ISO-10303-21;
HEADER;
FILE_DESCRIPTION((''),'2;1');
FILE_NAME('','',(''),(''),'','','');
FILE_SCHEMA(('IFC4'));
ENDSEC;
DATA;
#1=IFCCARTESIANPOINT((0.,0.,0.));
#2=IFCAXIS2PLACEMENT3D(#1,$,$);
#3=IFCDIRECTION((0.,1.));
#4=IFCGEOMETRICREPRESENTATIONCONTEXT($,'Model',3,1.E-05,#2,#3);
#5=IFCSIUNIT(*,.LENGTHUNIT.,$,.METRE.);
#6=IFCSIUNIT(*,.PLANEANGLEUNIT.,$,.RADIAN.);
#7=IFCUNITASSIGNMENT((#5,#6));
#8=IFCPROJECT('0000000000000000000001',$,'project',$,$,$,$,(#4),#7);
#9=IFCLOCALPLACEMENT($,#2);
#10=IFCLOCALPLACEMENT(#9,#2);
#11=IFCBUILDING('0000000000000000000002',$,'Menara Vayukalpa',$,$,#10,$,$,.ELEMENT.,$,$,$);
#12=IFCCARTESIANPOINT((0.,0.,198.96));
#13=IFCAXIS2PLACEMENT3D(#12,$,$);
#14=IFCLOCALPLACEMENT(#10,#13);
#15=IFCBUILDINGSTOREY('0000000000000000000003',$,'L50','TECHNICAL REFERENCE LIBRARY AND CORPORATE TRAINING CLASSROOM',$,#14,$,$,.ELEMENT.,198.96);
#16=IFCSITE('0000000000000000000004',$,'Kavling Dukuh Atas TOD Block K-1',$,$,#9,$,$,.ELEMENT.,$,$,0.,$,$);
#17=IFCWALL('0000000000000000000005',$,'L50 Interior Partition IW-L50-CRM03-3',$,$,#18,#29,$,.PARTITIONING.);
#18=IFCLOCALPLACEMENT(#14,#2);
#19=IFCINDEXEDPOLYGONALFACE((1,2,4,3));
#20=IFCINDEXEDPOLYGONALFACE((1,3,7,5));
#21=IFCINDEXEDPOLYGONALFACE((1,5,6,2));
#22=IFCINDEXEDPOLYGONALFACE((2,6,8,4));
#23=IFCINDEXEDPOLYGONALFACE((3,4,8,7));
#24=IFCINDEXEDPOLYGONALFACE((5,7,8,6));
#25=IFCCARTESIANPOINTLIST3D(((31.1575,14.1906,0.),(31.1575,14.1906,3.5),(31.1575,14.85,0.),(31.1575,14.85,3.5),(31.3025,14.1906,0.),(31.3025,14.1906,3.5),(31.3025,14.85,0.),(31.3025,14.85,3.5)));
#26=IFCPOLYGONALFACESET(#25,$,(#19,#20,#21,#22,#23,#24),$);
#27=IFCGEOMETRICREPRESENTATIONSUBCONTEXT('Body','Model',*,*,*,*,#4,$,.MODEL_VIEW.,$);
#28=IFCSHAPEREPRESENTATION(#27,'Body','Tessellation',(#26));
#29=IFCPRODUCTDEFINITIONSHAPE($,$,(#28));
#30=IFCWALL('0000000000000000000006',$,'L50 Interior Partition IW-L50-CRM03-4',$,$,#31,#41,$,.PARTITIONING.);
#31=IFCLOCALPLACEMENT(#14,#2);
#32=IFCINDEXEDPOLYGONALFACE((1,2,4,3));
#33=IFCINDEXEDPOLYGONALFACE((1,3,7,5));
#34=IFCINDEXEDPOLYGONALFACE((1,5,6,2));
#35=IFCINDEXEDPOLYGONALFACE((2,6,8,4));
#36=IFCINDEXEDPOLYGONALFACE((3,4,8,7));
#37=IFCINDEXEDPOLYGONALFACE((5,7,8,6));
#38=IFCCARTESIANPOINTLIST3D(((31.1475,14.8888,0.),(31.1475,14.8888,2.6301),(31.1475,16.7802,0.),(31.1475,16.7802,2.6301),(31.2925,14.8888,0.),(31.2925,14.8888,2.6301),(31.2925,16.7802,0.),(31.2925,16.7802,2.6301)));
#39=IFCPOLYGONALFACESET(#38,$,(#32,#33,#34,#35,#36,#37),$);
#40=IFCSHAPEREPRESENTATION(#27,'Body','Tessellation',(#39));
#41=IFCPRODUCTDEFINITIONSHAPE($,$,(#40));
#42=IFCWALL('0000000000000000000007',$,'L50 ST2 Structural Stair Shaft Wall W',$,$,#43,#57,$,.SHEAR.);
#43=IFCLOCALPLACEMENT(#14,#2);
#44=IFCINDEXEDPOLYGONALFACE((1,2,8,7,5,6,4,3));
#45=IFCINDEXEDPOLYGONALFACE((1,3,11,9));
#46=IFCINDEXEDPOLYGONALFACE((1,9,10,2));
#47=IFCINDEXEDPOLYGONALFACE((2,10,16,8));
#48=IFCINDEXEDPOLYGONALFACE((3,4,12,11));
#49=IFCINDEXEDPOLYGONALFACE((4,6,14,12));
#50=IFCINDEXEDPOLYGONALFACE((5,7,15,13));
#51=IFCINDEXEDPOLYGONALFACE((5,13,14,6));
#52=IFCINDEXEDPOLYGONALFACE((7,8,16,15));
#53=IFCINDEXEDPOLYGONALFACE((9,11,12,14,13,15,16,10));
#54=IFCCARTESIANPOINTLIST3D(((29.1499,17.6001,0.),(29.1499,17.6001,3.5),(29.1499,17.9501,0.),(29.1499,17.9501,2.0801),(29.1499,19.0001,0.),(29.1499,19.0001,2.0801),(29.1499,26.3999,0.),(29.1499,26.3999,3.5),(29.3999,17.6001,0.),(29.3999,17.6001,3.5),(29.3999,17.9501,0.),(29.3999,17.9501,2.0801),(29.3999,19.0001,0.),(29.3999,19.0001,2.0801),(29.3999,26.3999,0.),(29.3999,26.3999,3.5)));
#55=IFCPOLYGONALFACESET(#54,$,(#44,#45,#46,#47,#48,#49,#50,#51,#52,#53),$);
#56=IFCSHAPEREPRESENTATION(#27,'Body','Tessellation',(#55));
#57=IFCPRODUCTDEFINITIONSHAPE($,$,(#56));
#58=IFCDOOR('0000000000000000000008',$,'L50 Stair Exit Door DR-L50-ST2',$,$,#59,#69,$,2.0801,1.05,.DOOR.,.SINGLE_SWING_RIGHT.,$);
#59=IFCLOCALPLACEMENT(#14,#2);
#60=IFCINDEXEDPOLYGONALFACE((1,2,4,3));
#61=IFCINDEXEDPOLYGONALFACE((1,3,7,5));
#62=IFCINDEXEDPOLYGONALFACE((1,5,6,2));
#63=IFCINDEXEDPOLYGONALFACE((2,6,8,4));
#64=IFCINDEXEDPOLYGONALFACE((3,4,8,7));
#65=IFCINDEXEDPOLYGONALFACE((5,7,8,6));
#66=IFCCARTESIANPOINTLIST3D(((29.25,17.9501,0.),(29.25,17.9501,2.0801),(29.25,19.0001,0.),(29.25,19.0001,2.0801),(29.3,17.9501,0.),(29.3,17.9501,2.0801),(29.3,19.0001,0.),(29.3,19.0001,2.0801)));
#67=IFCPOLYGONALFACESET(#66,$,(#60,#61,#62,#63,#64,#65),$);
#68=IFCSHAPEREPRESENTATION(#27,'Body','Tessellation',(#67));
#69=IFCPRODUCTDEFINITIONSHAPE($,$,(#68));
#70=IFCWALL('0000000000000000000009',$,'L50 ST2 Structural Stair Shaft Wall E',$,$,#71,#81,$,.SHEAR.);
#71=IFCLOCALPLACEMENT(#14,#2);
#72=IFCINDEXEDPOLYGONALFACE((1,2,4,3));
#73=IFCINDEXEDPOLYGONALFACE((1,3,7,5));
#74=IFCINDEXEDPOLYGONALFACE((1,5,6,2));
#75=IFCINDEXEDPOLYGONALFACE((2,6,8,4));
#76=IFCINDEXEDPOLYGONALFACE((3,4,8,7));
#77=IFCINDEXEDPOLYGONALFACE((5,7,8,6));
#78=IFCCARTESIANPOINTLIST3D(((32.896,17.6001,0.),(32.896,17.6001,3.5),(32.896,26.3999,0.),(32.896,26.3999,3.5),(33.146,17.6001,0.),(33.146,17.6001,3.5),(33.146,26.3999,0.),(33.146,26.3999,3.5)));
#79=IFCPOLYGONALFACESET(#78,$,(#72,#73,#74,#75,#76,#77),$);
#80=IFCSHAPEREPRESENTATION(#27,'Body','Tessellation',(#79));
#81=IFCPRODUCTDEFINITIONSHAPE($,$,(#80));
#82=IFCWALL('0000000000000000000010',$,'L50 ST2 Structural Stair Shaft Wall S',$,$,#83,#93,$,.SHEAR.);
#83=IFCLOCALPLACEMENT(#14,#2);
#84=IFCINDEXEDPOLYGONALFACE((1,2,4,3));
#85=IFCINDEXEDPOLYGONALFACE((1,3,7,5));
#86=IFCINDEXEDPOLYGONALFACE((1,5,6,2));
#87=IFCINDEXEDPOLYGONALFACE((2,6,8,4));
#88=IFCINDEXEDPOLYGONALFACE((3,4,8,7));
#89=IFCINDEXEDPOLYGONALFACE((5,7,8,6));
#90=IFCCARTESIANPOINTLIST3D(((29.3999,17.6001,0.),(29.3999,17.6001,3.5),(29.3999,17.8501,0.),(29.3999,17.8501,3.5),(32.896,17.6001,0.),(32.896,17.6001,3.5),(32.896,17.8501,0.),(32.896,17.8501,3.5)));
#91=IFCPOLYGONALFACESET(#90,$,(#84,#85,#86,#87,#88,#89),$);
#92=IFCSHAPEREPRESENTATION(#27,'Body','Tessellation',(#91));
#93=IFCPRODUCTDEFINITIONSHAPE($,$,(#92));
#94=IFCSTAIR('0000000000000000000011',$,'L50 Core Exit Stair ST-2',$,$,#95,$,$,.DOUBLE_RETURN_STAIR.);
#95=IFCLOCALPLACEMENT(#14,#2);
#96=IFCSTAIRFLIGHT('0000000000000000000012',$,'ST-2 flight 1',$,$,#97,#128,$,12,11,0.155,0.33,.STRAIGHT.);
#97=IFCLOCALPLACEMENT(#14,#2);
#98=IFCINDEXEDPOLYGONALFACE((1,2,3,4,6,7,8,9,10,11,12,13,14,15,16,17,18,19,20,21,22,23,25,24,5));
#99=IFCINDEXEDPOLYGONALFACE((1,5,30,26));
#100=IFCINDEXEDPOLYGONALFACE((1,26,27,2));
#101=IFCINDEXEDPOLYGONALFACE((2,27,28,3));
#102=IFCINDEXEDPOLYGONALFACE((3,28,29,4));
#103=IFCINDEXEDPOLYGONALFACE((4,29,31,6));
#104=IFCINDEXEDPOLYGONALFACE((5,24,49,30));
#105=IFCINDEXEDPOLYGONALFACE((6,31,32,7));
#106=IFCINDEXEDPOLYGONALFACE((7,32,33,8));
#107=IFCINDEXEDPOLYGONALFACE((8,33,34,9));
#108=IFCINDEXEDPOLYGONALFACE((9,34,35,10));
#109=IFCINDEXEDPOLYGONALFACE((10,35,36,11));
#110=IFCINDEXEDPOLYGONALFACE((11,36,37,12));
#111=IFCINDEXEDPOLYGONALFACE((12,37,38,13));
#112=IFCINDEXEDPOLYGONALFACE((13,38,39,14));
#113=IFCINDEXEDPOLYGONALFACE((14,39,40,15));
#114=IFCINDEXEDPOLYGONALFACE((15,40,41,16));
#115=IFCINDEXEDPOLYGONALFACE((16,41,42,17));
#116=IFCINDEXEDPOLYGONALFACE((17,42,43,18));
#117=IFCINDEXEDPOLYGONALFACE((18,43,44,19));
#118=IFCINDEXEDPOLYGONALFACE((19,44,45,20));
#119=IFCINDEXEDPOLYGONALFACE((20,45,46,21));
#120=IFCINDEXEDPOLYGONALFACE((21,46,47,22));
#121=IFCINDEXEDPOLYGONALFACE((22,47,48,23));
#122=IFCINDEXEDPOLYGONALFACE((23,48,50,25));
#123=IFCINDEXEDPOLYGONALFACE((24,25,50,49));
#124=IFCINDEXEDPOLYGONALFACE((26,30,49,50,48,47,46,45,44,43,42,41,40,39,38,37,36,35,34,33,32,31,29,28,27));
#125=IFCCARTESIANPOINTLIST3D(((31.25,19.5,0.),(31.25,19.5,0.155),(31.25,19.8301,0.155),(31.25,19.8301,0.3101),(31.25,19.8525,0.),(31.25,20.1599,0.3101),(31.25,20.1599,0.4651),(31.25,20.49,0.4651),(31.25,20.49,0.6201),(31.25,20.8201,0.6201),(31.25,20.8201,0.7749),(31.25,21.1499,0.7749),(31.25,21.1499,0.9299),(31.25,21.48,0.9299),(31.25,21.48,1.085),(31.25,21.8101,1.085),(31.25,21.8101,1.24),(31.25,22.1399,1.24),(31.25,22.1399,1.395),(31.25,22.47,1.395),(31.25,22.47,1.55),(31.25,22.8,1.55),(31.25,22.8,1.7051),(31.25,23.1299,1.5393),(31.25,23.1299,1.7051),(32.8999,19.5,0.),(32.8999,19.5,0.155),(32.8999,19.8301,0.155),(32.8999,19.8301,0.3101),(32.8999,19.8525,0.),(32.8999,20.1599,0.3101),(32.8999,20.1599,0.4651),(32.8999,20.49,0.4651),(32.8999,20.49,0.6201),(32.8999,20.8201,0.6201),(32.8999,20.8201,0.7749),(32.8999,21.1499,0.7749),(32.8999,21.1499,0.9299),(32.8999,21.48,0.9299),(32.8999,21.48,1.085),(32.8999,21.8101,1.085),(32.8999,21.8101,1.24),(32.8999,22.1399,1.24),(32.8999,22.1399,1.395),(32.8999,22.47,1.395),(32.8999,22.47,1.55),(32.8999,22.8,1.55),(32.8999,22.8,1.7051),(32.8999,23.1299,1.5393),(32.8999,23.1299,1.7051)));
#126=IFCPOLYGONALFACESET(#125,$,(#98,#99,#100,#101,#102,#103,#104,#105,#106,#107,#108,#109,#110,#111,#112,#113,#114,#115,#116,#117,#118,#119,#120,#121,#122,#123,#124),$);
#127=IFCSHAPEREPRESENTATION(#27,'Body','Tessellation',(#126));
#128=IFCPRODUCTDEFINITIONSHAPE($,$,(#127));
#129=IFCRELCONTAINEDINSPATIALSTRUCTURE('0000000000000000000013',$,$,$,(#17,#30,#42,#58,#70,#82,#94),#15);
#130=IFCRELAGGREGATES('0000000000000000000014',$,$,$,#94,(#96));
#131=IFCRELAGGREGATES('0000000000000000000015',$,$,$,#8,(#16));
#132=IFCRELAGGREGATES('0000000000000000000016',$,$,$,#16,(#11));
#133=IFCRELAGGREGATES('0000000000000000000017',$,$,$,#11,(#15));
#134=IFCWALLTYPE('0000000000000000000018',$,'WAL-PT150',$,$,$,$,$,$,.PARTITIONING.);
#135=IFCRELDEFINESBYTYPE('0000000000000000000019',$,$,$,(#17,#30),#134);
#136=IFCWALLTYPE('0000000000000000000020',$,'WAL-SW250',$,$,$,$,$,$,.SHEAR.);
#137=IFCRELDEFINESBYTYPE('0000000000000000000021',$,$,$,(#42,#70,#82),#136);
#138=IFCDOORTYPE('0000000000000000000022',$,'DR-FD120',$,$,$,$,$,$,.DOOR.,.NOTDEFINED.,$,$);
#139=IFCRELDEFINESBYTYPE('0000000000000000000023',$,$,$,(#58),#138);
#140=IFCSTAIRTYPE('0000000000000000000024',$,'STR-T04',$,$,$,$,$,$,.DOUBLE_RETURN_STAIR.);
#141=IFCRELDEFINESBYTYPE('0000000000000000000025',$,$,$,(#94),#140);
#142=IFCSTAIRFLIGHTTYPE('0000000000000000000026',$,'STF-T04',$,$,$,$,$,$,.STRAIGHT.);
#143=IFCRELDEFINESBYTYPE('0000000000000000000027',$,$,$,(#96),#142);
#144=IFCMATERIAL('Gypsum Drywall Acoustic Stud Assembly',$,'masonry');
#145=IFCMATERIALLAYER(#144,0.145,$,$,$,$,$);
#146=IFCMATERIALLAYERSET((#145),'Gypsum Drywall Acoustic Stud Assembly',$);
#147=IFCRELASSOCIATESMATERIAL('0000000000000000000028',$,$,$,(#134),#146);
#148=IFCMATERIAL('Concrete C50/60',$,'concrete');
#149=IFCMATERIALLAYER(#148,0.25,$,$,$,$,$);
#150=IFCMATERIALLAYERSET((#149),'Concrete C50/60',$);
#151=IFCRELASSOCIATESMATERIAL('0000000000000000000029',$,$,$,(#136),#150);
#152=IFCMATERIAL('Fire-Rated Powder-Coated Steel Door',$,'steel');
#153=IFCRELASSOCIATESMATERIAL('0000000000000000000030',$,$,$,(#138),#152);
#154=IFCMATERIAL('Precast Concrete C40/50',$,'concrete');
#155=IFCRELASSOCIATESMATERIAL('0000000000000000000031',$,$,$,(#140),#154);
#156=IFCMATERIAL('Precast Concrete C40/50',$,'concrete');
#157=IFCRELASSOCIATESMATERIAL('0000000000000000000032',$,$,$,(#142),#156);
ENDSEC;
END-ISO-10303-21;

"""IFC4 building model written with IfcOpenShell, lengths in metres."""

from ifc_helpers import new_model, si_unit, direction, frame, frame_2d, origin, place, context, subcontext, project, spatial, polyline, rectangle, outline, extrude, material, layer, layer_set, type_object, element, fill, aggregate, save


model = new_model("IFC4")

# Units and contexts
model_context = context("Model", 3, precision=1e-05, world=origin(), true_north=direction((0.0, 1.0)))
body_context = subcontext(model_context, "Body", "Model", "MODEL_VIEW")
ifc_project = project(units=[si_unit("LENGTHUNIT", "METRE"), si_unit("PLANEANGLEUNIT", "RADIAN")], contexts=[model_context])

# Site, building, storey
site_placement = place(None, origin())
site = spatial("IfcSite", under=ifc_project, at=site_placement, Name="Kavling Dukuh Atas TOD Block K-1", CompositionType="ELEMENT", RefElevation=0.0)
building_placement = place(site_placement, origin())
building = spatial("IfcBuilding", under=site, at=building_placement, Name="Menara Vayukalpa", CompositionType="ELEMENT")
storey_placement = place(building_placement, frame((0.0, 0.0, 198.96)))
storey = spatial("IfcBuildingStorey", under=building, at=storey_placement, Name="L50", Description="TECHNICAL REFERENCE LIBRARY AND CORPORATE TRAINING CLASSROOM", CompositionType="ELEMENT", Elevation=198.96)

# Walls
ifc_material_1 = material(Name="Gypsum Drywall Acoustic Stud Assembly", Category="masonry")
ifc_layer_1 = layer(ifc_material_1, 0.145)
ifc_layer_set_1 = layer_set([ifc_layer_1], Name="Gypsum Drywall Acoustic Stud Assembly")
wall_type_1 = type_object("IfcWallType", Name="WAL-PT150", PredefinedType="PARTITIONING", material=ifc_layer_set_1)
wall_1_placement = place(storey_placement, frame((31.23, 14.1907, 0.0), z_axis=(0.0, 0.0, 1.0), x_axis=(0.0, 1.0, 0.0)))
element("IfcWall", 1, at=wall_1_placement, inside=storey, type_object=wall_type_1, Name="L50 Interior Partition IW-L50-CRM03-3", PredefinedType="PARTITIONING", context=body_context, shape_type="SweptSolid", body=[
    extrude(rectangle(XDim=0.6594, YDim=0.145, at=frame_2d((0.3296, 0.0))), origin(), (0.0, 0.0, 1.0), 3.5),
])
wall_2_placement = place(storey_placement, frame((31.22, 14.8887, 0.0), z_axis=(0.0, 0.0, 1.0), x_axis=(0.0, 1.0, 0.0)))
element("IfcWall", 2, at=wall_2_placement, inside=storey, type_object=wall_type_1, Name="L50 Interior Partition IW-L50-CRM03-4", PredefinedType="PARTITIONING", context=body_context, shape_type="SweptSolid", body=[
    extrude(rectangle(XDim=1.8914, YDim=0.145, at=frame_2d((0.9458, 0.0))), origin(), (0.0, 0.0, 1.0), 2.6301),
])

# Wall, opening, door
ifc_material_2 = material(Name="Concrete C50/60", Category="concrete")
ifc_layer_2 = layer(ifc_material_2, 0.25)
ifc_layer_set_2 = layer_set([ifc_layer_2], Name="Concrete C50/60")
wall_type_2 = type_object("IfcWallType", Name="WAL-SW250", PredefinedType="SHEAR", material=ifc_layer_set_2)
wall_3_placement = place(storey_placement, frame((29.2749, 17.6001, 0.0), z_axis=(0.0, 0.0, 1.0), x_axis=(0.0, 1.0, 0.0)))
wall_3 = element("IfcWall", 3, at=wall_3_placement, inside=storey, type_object=wall_type_2, Name="L50 ST2 Structural Stair Shaft Wall W", PredefinedType="SHEAR", context=body_context, shape_type="SweptSolid", body=[
    extrude(rectangle(XDim=8.7998, YDim=0.25, at=frame_2d((4.3999, 0.0))), origin(), (0.0, 0.0, 1.0), 3.5),
])
opening_placement = place(wall_3_placement, frame((0.3501, 0.0, 0.0)))
opening = element("IfcOpeningElement", 4, at=opening_placement, cuts=wall_3, PredefinedType="OPENING", context=body_context, shape_type="SweptSolid", body=[
    extrude(rectangle(XDim=1.05, YDim=2.0801, at=frame_2d((0.5249, 1.04))), frame((0.0, 0.135, 0.0), z_axis=(0.0, -1.0, 0.0), x_axis=(1.0, 0.0, 0.0)), (0.0, 0.0, 1.0), 0.27),
])
ifc_material_3 = material(Name="Fire-Rated Powder-Coated Steel Door", Category="steel")
door_type = type_object("IfcDoorType", Name="DR-FD120", OperationType="NOTDEFINED", PredefinedType="DOOR", material=ifc_material_3)
door_placement = place(opening_placement, origin())
door = element("IfcDoor", 5, at=door_placement, inside=storey, type_object=door_type, Name="L50 Stair Exit Door DR-L50-ST2", OperationType="SINGLE_SWING_RIGHT", OverallHeight=2.0801, OverallWidth=1.05, PredefinedType="DOOR", context=body_context, shape_type="SweptSolid", body=[
    extrude(rectangle(XDim=1.05, YDim=2.0801, at=frame_2d((0.5249, 1.04))), frame((0.0, 0.0249, 0.0), z_axis=(0.0, -1.0, 0.0), x_axis=(1.0, 0.0, 0.0)), (0.0, 0.0, 1.0), 0.05),
])
fill(opening, door)

# Walls
wall_4_placement = place(storey_placement, frame((33.021, 17.6001, 0.0), z_axis=(0.0, 0.0, 1.0), x_axis=(0.0, 1.0, 0.0)))
element("IfcWall", 6, at=wall_4_placement, inside=storey, type_object=wall_type_2, Name="L50 ST2 Structural Stair Shaft Wall E", PredefinedType="SHEAR", context=body_context, shape_type="SweptSolid", body=[
    extrude(rectangle(XDim=8.7998, YDim=0.25, at=frame_2d((4.3999, 0.0))), origin(), (0.0, 0.0, 1.0), 3.5),
])
wall_5_placement = place(storey_placement, frame((29.3999, 17.7251, 0.0), z_axis=(0.0, 0.0, 1.0), x_axis=(1.0, 0.0, 0.0)))
element("IfcWall", 7, at=wall_5_placement, inside=storey, type_object=wall_type_2, Name="L50 ST2 Structural Stair Shaft Wall S", PredefinedType="SHEAR", context=body_context, shape_type="SweptSolid", body=[
    extrude(rectangle(XDim=3.4961, YDim=0.25, at=frame_2d((1.748, 0.0))), origin(), (0.0, 0.0, 1.0), 3.5),
])

# Stair, stair flight
ifc_material_4 = material(Name="Precast Concrete C40/50", Category="concrete")
stair_type = type_object("IfcStairType", Name="STR-T04", PredefinedType="DOUBLE_RETURN_STAIR", material=ifc_material_4)
stair_placement = place(storey_placement, origin())
stair = element("IfcStair", 8, at=stair_placement, inside=storey, type_object=stair_type, Name="L50 Core Exit Stair ST-2", PredefinedType="DOUBLE_RETURN_STAIR")
ifc_material_5 = material(Name="Precast Concrete C40/50", Category="concrete")
stair_flight_type = type_object("IfcStairFlightType", Name="STF-T04", PredefinedType="STRAIGHT", material=ifc_material_5)
stair_flight_placement = place(storey_placement, frame((32.075, 19.5, 0.0), z_axis=(0.0, 0.0, 1.0), x_axis=(0.0, 1.0, 0.0)))
stair_flight = element("IfcStairFlight", 9, at=stair_flight_placement, type_object=stair_flight_type, Name="ST-2 flight 1", NumberOfRisers=12, NumberOfTreads=11, PredefinedType="STRAIGHT", RiserHeight=0.155, TreadLength=0.33, context=body_context, shape_type="SweptSolid", body=[
    extrude(outline(polyline([(0.0, 0.0), (0.0, 0.155), (0.3301, 0.155), (0.3301, 0.3101), (0.6599, 0.3101), (0.6599, 0.4651), (0.99, 0.4651), (0.99, 0.6201), (1.3201, 0.6201), (1.3201, 0.7749), (1.6499, 0.7749), (1.6499, 0.9299), (1.98, 0.9299), (1.98, 1.085), (2.3101, 1.085), (2.3101, 1.24), (2.6399, 1.24), (2.6399, 1.395), (2.97, 1.395), (2.97, 1.55), (3.3, 1.55), (3.3, 1.7051), (3.6299, 1.7051), (3.6299, 1.8601), (3.6299, 1.5393), (0.3525, 0.0), (0.0, 0.0)])), frame((0.0, 0.825, 0.0), z_axis=(0.0, -1.0, 0.0), x_axis=(1.0, 0.0, 0.0)), (0.0, 0.0, 1.0), 1.6499),
])
aggregate(stair, [stair_flight])

save(model, "model.ifc")
